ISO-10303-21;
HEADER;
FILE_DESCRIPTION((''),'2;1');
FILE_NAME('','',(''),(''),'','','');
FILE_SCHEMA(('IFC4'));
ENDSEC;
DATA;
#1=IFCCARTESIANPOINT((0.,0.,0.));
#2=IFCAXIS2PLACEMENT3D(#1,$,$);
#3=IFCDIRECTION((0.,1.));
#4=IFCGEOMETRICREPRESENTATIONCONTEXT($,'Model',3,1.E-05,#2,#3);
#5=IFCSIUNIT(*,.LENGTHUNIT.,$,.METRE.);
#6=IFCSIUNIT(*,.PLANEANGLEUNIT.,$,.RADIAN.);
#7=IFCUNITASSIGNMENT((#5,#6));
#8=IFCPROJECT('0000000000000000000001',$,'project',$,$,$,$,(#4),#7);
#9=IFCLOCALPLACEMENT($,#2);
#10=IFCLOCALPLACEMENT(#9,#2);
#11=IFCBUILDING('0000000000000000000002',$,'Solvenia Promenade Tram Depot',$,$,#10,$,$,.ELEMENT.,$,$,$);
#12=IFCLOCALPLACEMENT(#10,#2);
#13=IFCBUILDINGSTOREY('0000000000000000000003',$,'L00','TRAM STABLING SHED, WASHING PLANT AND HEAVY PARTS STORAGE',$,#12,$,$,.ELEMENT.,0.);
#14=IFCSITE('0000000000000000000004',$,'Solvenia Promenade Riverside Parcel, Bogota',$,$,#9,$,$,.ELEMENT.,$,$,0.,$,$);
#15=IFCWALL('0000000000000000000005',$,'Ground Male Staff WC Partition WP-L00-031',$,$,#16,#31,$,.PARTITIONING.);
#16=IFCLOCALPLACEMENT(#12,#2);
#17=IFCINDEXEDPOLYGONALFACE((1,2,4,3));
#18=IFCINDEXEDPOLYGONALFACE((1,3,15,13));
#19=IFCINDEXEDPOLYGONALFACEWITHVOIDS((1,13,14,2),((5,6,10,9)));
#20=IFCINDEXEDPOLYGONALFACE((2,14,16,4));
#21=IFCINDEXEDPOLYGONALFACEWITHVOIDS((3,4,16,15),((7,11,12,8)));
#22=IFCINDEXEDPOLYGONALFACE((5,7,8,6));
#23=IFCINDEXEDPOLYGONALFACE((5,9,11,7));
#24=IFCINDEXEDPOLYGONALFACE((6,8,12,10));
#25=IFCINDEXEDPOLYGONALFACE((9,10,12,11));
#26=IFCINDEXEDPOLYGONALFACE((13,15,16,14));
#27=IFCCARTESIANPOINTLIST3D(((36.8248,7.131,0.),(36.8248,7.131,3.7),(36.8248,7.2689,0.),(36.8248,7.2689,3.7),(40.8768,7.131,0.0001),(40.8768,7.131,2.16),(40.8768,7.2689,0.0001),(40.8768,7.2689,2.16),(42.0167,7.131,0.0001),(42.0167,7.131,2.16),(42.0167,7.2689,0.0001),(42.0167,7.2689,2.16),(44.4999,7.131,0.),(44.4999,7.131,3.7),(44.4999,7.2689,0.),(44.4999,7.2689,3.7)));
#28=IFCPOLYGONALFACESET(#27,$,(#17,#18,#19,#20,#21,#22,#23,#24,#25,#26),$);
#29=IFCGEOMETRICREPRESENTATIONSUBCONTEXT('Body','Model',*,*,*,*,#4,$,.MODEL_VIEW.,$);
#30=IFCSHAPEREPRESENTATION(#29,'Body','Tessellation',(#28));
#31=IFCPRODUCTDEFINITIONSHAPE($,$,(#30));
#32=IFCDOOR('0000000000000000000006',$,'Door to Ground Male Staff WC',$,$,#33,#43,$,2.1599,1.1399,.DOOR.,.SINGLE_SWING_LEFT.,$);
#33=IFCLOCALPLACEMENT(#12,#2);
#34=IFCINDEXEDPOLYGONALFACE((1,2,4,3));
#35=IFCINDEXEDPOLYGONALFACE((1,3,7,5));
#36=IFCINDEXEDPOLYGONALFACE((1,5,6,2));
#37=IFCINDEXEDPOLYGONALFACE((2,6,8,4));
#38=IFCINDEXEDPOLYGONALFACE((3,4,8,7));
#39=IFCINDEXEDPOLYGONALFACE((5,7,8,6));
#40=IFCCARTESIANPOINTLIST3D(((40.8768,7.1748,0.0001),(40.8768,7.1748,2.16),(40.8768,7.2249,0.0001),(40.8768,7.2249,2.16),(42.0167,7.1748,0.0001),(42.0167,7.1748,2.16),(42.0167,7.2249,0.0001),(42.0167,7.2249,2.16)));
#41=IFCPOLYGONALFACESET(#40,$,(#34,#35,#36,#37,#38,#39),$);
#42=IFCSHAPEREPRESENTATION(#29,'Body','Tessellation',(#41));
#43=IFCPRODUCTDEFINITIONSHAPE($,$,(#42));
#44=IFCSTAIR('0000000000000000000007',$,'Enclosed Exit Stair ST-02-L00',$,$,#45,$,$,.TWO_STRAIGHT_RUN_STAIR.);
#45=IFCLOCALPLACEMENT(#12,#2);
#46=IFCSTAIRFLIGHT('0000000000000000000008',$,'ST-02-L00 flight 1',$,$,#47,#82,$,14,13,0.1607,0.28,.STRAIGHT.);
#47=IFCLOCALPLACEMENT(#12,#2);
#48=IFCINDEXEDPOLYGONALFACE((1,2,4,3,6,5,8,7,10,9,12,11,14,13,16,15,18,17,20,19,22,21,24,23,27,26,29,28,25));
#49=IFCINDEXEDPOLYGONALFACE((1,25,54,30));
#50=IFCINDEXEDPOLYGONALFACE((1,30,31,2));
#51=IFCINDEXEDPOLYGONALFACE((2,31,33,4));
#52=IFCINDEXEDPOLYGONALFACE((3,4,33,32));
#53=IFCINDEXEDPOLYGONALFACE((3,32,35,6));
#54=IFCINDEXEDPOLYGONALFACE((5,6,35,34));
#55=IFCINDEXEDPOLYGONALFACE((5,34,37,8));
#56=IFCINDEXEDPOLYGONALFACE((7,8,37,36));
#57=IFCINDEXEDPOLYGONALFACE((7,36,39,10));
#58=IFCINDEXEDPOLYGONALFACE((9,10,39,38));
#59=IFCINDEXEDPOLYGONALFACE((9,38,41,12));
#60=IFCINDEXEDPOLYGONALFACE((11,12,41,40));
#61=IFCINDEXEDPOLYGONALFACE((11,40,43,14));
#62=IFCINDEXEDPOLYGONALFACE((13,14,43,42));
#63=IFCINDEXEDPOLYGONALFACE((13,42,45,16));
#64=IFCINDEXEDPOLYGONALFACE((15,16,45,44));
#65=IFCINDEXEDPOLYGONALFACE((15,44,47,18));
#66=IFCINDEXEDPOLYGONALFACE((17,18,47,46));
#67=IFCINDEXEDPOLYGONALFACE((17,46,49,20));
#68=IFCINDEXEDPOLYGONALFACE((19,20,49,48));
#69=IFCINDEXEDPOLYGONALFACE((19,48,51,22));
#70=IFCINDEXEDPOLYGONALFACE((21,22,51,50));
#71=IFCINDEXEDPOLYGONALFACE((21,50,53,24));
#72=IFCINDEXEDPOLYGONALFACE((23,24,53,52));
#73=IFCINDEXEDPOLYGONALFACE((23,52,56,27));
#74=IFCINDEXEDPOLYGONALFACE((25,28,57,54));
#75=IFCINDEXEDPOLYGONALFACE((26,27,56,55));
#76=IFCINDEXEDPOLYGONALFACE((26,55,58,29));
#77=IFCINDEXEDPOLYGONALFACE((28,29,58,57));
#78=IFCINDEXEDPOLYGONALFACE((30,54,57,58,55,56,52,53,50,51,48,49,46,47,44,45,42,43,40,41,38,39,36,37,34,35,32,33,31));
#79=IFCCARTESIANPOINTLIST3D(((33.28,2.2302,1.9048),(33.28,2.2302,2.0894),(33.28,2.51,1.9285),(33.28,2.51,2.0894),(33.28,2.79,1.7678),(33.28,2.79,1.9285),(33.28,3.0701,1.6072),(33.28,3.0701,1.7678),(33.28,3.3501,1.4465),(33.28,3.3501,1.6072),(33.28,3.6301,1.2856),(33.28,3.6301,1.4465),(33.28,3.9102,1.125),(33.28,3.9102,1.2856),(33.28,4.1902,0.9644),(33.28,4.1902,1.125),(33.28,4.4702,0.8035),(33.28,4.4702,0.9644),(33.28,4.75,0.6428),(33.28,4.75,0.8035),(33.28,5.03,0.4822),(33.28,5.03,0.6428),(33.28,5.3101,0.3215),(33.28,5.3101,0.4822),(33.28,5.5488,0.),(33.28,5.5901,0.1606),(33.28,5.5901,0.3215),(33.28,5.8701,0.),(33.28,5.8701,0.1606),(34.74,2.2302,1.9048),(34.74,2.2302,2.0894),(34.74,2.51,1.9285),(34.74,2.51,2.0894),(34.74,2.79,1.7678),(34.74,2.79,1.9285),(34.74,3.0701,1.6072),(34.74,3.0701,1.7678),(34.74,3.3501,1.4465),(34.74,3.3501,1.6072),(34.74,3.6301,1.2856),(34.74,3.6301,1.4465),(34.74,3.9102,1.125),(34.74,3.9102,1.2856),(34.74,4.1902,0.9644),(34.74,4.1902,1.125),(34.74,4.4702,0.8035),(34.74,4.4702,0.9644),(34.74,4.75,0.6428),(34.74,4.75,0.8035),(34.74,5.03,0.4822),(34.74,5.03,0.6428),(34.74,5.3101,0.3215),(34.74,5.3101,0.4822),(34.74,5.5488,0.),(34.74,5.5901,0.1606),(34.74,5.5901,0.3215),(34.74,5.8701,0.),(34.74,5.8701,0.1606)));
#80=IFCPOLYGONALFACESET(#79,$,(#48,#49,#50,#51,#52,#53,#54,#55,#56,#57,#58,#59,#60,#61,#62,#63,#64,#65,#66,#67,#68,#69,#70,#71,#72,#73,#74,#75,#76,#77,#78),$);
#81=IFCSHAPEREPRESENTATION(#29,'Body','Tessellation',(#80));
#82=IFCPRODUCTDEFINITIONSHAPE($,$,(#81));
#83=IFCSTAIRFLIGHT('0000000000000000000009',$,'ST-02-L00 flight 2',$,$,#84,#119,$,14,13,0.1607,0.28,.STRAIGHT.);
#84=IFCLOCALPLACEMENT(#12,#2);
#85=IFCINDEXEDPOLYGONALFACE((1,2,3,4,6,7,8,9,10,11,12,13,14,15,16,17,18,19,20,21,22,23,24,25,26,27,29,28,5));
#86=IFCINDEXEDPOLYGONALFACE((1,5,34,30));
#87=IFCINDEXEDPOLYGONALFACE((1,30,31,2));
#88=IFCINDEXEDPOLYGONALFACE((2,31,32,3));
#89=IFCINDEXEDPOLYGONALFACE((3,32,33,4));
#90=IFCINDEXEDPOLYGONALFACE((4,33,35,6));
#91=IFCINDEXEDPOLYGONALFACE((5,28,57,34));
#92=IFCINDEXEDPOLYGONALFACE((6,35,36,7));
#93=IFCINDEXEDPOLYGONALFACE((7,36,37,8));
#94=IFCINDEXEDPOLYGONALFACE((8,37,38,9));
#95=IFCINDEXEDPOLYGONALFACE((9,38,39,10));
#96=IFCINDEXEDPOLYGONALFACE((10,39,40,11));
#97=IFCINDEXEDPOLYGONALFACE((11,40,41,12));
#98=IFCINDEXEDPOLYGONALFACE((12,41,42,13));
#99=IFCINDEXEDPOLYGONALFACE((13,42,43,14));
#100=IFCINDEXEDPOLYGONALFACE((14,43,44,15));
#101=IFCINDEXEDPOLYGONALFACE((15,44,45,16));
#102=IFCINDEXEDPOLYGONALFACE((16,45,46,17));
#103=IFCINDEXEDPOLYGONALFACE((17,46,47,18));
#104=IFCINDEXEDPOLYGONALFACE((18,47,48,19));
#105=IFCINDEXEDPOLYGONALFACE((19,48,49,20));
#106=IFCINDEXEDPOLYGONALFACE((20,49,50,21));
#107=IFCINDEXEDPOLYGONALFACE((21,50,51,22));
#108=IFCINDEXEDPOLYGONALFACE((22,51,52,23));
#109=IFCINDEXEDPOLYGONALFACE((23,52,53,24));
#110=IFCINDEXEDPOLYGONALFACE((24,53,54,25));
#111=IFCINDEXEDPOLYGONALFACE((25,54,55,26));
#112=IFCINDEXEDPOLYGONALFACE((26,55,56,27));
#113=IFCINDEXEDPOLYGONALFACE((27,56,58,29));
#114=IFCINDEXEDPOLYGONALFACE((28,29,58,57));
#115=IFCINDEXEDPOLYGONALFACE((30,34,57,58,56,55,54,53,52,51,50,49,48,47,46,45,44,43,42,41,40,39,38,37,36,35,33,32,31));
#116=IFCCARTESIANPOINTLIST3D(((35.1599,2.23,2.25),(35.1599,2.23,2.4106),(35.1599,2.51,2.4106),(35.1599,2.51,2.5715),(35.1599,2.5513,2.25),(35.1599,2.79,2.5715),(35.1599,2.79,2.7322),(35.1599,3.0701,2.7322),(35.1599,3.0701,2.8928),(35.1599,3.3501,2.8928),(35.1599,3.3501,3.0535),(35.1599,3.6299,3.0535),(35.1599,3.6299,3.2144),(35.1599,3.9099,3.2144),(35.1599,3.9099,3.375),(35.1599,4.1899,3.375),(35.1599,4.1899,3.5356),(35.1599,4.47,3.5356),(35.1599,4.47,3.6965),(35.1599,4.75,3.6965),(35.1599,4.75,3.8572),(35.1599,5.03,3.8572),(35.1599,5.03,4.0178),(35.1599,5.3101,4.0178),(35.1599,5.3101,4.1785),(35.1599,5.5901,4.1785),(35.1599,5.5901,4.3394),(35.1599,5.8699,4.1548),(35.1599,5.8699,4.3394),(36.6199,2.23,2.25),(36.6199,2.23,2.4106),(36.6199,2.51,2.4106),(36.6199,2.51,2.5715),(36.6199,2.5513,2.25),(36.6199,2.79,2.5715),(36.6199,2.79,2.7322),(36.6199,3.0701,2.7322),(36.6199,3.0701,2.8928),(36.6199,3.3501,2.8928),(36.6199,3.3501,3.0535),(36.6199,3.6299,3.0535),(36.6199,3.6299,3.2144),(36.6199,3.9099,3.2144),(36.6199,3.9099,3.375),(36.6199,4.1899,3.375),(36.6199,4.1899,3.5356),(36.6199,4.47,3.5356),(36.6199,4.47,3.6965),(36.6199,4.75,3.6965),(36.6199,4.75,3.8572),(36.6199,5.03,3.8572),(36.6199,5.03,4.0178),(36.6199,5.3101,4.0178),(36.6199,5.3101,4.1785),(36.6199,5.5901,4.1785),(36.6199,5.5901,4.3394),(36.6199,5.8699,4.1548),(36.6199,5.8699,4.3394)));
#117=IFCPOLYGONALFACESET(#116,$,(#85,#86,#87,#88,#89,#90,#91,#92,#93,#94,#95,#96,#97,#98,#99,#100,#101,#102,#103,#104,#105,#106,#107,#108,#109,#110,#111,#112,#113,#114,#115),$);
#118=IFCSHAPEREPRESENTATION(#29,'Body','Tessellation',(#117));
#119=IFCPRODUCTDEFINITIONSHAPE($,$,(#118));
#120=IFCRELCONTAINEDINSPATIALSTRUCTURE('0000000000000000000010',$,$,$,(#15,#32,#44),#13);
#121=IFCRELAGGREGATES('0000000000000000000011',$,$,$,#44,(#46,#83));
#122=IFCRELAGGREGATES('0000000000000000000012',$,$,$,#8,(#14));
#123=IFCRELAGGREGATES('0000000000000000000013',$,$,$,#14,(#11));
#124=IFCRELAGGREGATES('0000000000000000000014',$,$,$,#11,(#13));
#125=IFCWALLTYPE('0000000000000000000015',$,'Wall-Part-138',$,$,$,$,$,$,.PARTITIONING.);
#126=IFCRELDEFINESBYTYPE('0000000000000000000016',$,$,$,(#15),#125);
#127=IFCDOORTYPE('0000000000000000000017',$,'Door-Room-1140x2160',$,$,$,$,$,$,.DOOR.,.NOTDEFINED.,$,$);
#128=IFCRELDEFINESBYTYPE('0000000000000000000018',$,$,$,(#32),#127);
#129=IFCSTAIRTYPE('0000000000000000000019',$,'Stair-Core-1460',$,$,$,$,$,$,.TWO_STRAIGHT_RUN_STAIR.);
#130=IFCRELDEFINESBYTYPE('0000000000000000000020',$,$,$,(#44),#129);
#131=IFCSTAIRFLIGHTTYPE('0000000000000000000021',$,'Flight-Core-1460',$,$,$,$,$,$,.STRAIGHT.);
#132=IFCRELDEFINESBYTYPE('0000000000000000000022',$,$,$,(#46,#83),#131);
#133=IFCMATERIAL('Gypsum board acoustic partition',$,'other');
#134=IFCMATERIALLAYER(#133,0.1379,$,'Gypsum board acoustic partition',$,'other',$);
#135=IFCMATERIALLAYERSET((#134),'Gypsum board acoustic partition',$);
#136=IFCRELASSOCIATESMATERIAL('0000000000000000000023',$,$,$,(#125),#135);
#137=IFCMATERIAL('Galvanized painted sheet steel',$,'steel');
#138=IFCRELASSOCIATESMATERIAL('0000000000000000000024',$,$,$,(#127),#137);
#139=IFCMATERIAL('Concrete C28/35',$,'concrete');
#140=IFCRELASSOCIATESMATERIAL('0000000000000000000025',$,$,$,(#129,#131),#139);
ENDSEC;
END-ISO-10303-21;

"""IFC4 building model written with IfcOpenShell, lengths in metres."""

from ifc_helpers import new_model, si_unit, direction, frame, frame_2d, origin, place, context, subcontext, project, spatial, polyline, rectangle, outline, extrude, material, layer, layer_set, type_object, element, fill, aggregate, save


model = new_model("IFC4")

# Units and contexts
model_context = context("Model", 3, precision=1e-05, world=origin(), true_north=direction((0.0, 1.0)))
body_context = subcontext(model_context, "Body", "Model", "MODEL_VIEW")
ifc_project = project(units=[si_unit("LENGTHUNIT", "METRE"), si_unit("PLANEANGLEUNIT", "RADIAN")], contexts=[model_context])

# Site, building, storey
site_placement = place(None, origin())
site = spatial("IfcSite", under=ifc_project, at=site_placement, Name="Solvenia Promenade Riverside Parcel, Bogota", CompositionType="ELEMENT", RefElevation=0.0)
building_placement = place(site_placement, origin())
building = spatial("IfcBuilding", under=site, at=building_placement, Name="Solvenia Promenade Tram Depot", CompositionType="ELEMENT")
storey_placement = place(building_placement, origin())
storey = spatial("IfcBuildingStorey", under=building, at=storey_placement, Name="L00", Description="TRAM STABLING SHED, WASHING PLANT AND HEAVY PARTS STORAGE", CompositionType="ELEMENT", Elevation=0.0)

# Shared definitions
ifc_material_1 = material(Name="Concrete C28/35", Category="concrete")

# Shared definitions
ifc_material_2 = material(Name="Galvanized painted sheet steel", Category="steel")

# Wall, opening, door
ifc_material_3 = material(Name="Gypsum board acoustic partition", Category="other")
ifc_layer_1 = layer(ifc_material_3, 0.1379, Name="Gypsum board acoustic partition", Category="other")
ifc_layer_set_1 = layer_set([ifc_layer_1], Name="Gypsum board acoustic partition")
wall_type_1 = type_object("IfcWallType", Name="Wall-Part-138", PredefinedType="PARTITIONING", material=ifc_layer_set_1)
wall_1_placement = place(storey_placement, frame((36.825, 7.2, 0.0), z_axis=(0.0, 0.0, 1.0), x_axis=(1.0, 0.0, 0.0)))
wall_1 = element("IfcWall", 1, at=wall_1_placement, inside=storey, type_object=wall_type_1, Name="Ground Male Staff WC Partition WP-L00-031", PredefinedType="PARTITIONING", context=body_context, shape_type="SweptSolid", body=[
    extrude(rectangle(XDim=7.675, YDim=0.1379, at=frame_2d((3.8374, 0.0))), origin(), (0.0, 0.0, 1.0), 3.7),
])
opening_1_placement = place(wall_1_placement, frame((4.052, 0.0, 0.0)))
opening_1 = element("IfcOpeningElement", 2, at=opening_1_placement, cuts=wall_1, PredefinedType="OPENING", context=body_context, shape_type="SweptSolid", body=[
    extrude(rectangle(XDim=1.1399, YDim=2.1599, at=frame_2d((0.5698, 1.0801))), frame((0.0, 0.0789, 0.0), z_axis=(0.0, -1.0, 0.0), x_axis=(1.0, 0.0, 0.0)), (0.0, 0.0, 1.0), 0.158),
])
door_type_1 = type_object("IfcDoorType", Name="Door-Room-1140x2160", OperationType="NOTDEFINED", PredefinedType="DOOR", material=ifc_material_2)
door_1_placement = place(opening_1_placement, origin())
door_1 = element("IfcDoor", 3, at=door_1_placement, inside=storey, type_object=door_type_1, Name="Door to Ground Male Staff WC", OperationType="SINGLE_SWING_LEFT", OverallHeight=2.1599, OverallWidth=1.1399, PredefinedType="DOOR", context=body_context, shape_type="SweptSolid", body=[
    extrude(rectangle(XDim=1.1399, YDim=2.1599, at=frame_2d((0.5698, 1.0801))), frame((0.0, 0.0249, 0.0), z_axis=(0.0, -1.0, 0.0), x_axis=(1.0, 0.0, 0.0)), (0.0, 0.0, 1.0), 0.05),
])
fill(opening_1, door_1)

# Stair, stair flights
stair_type = type_object("IfcStairType", Name="Stair-Core-1460", PredefinedType="TWO_STRAIGHT_RUN_STAIR", material=ifc_material_1)
stair_placement = place(storey_placement, origin())
stair = element("IfcStair", 4, at=stair_placement, inside=storey, type_object=stair_type, Name="Enclosed Exit Stair ST-02-L00", PredefinedType="TWO_STRAIGHT_RUN_STAIR")
stair_flight_type = type_object("IfcStairFlightType", Name="Flight-Core-1460", PredefinedType="STRAIGHT", material=ifc_material_1)
stair_flight_1_placement = place(storey_placement, frame((34.01, 5.8701, 0.0), z_axis=(0.0, 0.0, 1.0), x_axis=(0.0, -1.0, 0.0)))
stair_flight_1 = element("IfcStairFlight", 5, at=stair_flight_1_placement, type_object=stair_flight_type, Name="ST-02-L00 flight 1", NumberOfRisers=14, NumberOfTreads=13, PredefinedType="STRAIGHT", RiserHeight=0.1607, TreadLength=0.28, context=body_context, shape_type="SweptSolid", body=[
    extrude(outline(polyline([(0.0, 0.0), (0.0, 0.1606), (0.28, 0.1606), (0.28, 0.3215), (0.5601, 0.3215), (0.5601, 0.4822), (0.8401, 0.4822), (0.8401, 0.6428), (1.1201, 0.6428), (1.1201, 0.8035), (1.3999, 0.8035), (1.3999, 0.9644), (1.6799, 0.9644), (1.6799, 1.125), (1.96, 1.125), (1.96, 1.2856), (2.24, 1.2856), (2.24, 1.4465), (2.52, 1.4465), (2.52, 1.6072), (2.8, 1.6072), (2.8, 1.7678), (3.0801, 1.7678), (3.0801, 1.9285), (3.3601, 1.9285), (3.3601, 2.0894), (3.6399, 2.0894), (3.6399, 2.25), (3.6399, 1.9048), (0.3213, 0.0), (0.0, 0.0)])), frame((0.0, 0.73, 0.0), z_axis=(0.0, -1.0, 0.0), x_axis=(1.0, 0.0, 0.0)), (0.0, 0.0, 1.0), 1.46),
])
stair_flight_2_placement = place(storey_placement, frame((35.8899, 2.23, 2.25), z_axis=(0.0, 0.0, 1.0), x_axis=(0.0, 1.0, 0.0)))
stair_flight_2 = element("IfcStairFlight", 6, at=stair_flight_2_placement, type_object=stair_flight_type, Name="ST-02-L00 flight 2", NumberOfRisers=14, NumberOfTreads=13, PredefinedType="STRAIGHT", RiserHeight=0.1607, TreadLength=0.28, context=body_context, shape_type="SweptSolid", body=[
    extrude(outline(polyline([(0.0, 0.0), (0.0, 0.1606), (0.28, 0.1606), (0.28, 0.3215), (0.5601, 0.3215), (0.5601, 0.4822), (0.8401, 0.4822), (0.8401, 0.6428), (1.1201, 0.6428), (1.1201, 0.8035), (1.3999, 0.8035), (1.3999, 0.9644), (1.6799, 0.9644), (1.6799, 1.125), (1.96, 1.125), (1.96, 1.2856), (2.24, 1.2856), (2.24, 1.4465), (2.52, 1.4465), (2.52, 1.6072), (2.8, 1.6072), (2.8, 1.7678), (3.0801, 1.7678), (3.0801, 1.9285), (3.3601, 1.9285), (3.3601, 2.0894), (3.6399, 2.0894), (3.6399, 2.25), (3.6399, 1.9048), (0.3213, 0.0), (0.0, 0.0)])), frame((0.0, 0.73, 0.0), z_axis=(0.0, -1.0, 0.0), x_axis=(1.0, 0.0, 0.0)), (0.0, 0.0, 1.0), 1.46),
])
aggregate(stair, [stair_flight_1, stair_flight_2])

save(model, "model.ifc")
